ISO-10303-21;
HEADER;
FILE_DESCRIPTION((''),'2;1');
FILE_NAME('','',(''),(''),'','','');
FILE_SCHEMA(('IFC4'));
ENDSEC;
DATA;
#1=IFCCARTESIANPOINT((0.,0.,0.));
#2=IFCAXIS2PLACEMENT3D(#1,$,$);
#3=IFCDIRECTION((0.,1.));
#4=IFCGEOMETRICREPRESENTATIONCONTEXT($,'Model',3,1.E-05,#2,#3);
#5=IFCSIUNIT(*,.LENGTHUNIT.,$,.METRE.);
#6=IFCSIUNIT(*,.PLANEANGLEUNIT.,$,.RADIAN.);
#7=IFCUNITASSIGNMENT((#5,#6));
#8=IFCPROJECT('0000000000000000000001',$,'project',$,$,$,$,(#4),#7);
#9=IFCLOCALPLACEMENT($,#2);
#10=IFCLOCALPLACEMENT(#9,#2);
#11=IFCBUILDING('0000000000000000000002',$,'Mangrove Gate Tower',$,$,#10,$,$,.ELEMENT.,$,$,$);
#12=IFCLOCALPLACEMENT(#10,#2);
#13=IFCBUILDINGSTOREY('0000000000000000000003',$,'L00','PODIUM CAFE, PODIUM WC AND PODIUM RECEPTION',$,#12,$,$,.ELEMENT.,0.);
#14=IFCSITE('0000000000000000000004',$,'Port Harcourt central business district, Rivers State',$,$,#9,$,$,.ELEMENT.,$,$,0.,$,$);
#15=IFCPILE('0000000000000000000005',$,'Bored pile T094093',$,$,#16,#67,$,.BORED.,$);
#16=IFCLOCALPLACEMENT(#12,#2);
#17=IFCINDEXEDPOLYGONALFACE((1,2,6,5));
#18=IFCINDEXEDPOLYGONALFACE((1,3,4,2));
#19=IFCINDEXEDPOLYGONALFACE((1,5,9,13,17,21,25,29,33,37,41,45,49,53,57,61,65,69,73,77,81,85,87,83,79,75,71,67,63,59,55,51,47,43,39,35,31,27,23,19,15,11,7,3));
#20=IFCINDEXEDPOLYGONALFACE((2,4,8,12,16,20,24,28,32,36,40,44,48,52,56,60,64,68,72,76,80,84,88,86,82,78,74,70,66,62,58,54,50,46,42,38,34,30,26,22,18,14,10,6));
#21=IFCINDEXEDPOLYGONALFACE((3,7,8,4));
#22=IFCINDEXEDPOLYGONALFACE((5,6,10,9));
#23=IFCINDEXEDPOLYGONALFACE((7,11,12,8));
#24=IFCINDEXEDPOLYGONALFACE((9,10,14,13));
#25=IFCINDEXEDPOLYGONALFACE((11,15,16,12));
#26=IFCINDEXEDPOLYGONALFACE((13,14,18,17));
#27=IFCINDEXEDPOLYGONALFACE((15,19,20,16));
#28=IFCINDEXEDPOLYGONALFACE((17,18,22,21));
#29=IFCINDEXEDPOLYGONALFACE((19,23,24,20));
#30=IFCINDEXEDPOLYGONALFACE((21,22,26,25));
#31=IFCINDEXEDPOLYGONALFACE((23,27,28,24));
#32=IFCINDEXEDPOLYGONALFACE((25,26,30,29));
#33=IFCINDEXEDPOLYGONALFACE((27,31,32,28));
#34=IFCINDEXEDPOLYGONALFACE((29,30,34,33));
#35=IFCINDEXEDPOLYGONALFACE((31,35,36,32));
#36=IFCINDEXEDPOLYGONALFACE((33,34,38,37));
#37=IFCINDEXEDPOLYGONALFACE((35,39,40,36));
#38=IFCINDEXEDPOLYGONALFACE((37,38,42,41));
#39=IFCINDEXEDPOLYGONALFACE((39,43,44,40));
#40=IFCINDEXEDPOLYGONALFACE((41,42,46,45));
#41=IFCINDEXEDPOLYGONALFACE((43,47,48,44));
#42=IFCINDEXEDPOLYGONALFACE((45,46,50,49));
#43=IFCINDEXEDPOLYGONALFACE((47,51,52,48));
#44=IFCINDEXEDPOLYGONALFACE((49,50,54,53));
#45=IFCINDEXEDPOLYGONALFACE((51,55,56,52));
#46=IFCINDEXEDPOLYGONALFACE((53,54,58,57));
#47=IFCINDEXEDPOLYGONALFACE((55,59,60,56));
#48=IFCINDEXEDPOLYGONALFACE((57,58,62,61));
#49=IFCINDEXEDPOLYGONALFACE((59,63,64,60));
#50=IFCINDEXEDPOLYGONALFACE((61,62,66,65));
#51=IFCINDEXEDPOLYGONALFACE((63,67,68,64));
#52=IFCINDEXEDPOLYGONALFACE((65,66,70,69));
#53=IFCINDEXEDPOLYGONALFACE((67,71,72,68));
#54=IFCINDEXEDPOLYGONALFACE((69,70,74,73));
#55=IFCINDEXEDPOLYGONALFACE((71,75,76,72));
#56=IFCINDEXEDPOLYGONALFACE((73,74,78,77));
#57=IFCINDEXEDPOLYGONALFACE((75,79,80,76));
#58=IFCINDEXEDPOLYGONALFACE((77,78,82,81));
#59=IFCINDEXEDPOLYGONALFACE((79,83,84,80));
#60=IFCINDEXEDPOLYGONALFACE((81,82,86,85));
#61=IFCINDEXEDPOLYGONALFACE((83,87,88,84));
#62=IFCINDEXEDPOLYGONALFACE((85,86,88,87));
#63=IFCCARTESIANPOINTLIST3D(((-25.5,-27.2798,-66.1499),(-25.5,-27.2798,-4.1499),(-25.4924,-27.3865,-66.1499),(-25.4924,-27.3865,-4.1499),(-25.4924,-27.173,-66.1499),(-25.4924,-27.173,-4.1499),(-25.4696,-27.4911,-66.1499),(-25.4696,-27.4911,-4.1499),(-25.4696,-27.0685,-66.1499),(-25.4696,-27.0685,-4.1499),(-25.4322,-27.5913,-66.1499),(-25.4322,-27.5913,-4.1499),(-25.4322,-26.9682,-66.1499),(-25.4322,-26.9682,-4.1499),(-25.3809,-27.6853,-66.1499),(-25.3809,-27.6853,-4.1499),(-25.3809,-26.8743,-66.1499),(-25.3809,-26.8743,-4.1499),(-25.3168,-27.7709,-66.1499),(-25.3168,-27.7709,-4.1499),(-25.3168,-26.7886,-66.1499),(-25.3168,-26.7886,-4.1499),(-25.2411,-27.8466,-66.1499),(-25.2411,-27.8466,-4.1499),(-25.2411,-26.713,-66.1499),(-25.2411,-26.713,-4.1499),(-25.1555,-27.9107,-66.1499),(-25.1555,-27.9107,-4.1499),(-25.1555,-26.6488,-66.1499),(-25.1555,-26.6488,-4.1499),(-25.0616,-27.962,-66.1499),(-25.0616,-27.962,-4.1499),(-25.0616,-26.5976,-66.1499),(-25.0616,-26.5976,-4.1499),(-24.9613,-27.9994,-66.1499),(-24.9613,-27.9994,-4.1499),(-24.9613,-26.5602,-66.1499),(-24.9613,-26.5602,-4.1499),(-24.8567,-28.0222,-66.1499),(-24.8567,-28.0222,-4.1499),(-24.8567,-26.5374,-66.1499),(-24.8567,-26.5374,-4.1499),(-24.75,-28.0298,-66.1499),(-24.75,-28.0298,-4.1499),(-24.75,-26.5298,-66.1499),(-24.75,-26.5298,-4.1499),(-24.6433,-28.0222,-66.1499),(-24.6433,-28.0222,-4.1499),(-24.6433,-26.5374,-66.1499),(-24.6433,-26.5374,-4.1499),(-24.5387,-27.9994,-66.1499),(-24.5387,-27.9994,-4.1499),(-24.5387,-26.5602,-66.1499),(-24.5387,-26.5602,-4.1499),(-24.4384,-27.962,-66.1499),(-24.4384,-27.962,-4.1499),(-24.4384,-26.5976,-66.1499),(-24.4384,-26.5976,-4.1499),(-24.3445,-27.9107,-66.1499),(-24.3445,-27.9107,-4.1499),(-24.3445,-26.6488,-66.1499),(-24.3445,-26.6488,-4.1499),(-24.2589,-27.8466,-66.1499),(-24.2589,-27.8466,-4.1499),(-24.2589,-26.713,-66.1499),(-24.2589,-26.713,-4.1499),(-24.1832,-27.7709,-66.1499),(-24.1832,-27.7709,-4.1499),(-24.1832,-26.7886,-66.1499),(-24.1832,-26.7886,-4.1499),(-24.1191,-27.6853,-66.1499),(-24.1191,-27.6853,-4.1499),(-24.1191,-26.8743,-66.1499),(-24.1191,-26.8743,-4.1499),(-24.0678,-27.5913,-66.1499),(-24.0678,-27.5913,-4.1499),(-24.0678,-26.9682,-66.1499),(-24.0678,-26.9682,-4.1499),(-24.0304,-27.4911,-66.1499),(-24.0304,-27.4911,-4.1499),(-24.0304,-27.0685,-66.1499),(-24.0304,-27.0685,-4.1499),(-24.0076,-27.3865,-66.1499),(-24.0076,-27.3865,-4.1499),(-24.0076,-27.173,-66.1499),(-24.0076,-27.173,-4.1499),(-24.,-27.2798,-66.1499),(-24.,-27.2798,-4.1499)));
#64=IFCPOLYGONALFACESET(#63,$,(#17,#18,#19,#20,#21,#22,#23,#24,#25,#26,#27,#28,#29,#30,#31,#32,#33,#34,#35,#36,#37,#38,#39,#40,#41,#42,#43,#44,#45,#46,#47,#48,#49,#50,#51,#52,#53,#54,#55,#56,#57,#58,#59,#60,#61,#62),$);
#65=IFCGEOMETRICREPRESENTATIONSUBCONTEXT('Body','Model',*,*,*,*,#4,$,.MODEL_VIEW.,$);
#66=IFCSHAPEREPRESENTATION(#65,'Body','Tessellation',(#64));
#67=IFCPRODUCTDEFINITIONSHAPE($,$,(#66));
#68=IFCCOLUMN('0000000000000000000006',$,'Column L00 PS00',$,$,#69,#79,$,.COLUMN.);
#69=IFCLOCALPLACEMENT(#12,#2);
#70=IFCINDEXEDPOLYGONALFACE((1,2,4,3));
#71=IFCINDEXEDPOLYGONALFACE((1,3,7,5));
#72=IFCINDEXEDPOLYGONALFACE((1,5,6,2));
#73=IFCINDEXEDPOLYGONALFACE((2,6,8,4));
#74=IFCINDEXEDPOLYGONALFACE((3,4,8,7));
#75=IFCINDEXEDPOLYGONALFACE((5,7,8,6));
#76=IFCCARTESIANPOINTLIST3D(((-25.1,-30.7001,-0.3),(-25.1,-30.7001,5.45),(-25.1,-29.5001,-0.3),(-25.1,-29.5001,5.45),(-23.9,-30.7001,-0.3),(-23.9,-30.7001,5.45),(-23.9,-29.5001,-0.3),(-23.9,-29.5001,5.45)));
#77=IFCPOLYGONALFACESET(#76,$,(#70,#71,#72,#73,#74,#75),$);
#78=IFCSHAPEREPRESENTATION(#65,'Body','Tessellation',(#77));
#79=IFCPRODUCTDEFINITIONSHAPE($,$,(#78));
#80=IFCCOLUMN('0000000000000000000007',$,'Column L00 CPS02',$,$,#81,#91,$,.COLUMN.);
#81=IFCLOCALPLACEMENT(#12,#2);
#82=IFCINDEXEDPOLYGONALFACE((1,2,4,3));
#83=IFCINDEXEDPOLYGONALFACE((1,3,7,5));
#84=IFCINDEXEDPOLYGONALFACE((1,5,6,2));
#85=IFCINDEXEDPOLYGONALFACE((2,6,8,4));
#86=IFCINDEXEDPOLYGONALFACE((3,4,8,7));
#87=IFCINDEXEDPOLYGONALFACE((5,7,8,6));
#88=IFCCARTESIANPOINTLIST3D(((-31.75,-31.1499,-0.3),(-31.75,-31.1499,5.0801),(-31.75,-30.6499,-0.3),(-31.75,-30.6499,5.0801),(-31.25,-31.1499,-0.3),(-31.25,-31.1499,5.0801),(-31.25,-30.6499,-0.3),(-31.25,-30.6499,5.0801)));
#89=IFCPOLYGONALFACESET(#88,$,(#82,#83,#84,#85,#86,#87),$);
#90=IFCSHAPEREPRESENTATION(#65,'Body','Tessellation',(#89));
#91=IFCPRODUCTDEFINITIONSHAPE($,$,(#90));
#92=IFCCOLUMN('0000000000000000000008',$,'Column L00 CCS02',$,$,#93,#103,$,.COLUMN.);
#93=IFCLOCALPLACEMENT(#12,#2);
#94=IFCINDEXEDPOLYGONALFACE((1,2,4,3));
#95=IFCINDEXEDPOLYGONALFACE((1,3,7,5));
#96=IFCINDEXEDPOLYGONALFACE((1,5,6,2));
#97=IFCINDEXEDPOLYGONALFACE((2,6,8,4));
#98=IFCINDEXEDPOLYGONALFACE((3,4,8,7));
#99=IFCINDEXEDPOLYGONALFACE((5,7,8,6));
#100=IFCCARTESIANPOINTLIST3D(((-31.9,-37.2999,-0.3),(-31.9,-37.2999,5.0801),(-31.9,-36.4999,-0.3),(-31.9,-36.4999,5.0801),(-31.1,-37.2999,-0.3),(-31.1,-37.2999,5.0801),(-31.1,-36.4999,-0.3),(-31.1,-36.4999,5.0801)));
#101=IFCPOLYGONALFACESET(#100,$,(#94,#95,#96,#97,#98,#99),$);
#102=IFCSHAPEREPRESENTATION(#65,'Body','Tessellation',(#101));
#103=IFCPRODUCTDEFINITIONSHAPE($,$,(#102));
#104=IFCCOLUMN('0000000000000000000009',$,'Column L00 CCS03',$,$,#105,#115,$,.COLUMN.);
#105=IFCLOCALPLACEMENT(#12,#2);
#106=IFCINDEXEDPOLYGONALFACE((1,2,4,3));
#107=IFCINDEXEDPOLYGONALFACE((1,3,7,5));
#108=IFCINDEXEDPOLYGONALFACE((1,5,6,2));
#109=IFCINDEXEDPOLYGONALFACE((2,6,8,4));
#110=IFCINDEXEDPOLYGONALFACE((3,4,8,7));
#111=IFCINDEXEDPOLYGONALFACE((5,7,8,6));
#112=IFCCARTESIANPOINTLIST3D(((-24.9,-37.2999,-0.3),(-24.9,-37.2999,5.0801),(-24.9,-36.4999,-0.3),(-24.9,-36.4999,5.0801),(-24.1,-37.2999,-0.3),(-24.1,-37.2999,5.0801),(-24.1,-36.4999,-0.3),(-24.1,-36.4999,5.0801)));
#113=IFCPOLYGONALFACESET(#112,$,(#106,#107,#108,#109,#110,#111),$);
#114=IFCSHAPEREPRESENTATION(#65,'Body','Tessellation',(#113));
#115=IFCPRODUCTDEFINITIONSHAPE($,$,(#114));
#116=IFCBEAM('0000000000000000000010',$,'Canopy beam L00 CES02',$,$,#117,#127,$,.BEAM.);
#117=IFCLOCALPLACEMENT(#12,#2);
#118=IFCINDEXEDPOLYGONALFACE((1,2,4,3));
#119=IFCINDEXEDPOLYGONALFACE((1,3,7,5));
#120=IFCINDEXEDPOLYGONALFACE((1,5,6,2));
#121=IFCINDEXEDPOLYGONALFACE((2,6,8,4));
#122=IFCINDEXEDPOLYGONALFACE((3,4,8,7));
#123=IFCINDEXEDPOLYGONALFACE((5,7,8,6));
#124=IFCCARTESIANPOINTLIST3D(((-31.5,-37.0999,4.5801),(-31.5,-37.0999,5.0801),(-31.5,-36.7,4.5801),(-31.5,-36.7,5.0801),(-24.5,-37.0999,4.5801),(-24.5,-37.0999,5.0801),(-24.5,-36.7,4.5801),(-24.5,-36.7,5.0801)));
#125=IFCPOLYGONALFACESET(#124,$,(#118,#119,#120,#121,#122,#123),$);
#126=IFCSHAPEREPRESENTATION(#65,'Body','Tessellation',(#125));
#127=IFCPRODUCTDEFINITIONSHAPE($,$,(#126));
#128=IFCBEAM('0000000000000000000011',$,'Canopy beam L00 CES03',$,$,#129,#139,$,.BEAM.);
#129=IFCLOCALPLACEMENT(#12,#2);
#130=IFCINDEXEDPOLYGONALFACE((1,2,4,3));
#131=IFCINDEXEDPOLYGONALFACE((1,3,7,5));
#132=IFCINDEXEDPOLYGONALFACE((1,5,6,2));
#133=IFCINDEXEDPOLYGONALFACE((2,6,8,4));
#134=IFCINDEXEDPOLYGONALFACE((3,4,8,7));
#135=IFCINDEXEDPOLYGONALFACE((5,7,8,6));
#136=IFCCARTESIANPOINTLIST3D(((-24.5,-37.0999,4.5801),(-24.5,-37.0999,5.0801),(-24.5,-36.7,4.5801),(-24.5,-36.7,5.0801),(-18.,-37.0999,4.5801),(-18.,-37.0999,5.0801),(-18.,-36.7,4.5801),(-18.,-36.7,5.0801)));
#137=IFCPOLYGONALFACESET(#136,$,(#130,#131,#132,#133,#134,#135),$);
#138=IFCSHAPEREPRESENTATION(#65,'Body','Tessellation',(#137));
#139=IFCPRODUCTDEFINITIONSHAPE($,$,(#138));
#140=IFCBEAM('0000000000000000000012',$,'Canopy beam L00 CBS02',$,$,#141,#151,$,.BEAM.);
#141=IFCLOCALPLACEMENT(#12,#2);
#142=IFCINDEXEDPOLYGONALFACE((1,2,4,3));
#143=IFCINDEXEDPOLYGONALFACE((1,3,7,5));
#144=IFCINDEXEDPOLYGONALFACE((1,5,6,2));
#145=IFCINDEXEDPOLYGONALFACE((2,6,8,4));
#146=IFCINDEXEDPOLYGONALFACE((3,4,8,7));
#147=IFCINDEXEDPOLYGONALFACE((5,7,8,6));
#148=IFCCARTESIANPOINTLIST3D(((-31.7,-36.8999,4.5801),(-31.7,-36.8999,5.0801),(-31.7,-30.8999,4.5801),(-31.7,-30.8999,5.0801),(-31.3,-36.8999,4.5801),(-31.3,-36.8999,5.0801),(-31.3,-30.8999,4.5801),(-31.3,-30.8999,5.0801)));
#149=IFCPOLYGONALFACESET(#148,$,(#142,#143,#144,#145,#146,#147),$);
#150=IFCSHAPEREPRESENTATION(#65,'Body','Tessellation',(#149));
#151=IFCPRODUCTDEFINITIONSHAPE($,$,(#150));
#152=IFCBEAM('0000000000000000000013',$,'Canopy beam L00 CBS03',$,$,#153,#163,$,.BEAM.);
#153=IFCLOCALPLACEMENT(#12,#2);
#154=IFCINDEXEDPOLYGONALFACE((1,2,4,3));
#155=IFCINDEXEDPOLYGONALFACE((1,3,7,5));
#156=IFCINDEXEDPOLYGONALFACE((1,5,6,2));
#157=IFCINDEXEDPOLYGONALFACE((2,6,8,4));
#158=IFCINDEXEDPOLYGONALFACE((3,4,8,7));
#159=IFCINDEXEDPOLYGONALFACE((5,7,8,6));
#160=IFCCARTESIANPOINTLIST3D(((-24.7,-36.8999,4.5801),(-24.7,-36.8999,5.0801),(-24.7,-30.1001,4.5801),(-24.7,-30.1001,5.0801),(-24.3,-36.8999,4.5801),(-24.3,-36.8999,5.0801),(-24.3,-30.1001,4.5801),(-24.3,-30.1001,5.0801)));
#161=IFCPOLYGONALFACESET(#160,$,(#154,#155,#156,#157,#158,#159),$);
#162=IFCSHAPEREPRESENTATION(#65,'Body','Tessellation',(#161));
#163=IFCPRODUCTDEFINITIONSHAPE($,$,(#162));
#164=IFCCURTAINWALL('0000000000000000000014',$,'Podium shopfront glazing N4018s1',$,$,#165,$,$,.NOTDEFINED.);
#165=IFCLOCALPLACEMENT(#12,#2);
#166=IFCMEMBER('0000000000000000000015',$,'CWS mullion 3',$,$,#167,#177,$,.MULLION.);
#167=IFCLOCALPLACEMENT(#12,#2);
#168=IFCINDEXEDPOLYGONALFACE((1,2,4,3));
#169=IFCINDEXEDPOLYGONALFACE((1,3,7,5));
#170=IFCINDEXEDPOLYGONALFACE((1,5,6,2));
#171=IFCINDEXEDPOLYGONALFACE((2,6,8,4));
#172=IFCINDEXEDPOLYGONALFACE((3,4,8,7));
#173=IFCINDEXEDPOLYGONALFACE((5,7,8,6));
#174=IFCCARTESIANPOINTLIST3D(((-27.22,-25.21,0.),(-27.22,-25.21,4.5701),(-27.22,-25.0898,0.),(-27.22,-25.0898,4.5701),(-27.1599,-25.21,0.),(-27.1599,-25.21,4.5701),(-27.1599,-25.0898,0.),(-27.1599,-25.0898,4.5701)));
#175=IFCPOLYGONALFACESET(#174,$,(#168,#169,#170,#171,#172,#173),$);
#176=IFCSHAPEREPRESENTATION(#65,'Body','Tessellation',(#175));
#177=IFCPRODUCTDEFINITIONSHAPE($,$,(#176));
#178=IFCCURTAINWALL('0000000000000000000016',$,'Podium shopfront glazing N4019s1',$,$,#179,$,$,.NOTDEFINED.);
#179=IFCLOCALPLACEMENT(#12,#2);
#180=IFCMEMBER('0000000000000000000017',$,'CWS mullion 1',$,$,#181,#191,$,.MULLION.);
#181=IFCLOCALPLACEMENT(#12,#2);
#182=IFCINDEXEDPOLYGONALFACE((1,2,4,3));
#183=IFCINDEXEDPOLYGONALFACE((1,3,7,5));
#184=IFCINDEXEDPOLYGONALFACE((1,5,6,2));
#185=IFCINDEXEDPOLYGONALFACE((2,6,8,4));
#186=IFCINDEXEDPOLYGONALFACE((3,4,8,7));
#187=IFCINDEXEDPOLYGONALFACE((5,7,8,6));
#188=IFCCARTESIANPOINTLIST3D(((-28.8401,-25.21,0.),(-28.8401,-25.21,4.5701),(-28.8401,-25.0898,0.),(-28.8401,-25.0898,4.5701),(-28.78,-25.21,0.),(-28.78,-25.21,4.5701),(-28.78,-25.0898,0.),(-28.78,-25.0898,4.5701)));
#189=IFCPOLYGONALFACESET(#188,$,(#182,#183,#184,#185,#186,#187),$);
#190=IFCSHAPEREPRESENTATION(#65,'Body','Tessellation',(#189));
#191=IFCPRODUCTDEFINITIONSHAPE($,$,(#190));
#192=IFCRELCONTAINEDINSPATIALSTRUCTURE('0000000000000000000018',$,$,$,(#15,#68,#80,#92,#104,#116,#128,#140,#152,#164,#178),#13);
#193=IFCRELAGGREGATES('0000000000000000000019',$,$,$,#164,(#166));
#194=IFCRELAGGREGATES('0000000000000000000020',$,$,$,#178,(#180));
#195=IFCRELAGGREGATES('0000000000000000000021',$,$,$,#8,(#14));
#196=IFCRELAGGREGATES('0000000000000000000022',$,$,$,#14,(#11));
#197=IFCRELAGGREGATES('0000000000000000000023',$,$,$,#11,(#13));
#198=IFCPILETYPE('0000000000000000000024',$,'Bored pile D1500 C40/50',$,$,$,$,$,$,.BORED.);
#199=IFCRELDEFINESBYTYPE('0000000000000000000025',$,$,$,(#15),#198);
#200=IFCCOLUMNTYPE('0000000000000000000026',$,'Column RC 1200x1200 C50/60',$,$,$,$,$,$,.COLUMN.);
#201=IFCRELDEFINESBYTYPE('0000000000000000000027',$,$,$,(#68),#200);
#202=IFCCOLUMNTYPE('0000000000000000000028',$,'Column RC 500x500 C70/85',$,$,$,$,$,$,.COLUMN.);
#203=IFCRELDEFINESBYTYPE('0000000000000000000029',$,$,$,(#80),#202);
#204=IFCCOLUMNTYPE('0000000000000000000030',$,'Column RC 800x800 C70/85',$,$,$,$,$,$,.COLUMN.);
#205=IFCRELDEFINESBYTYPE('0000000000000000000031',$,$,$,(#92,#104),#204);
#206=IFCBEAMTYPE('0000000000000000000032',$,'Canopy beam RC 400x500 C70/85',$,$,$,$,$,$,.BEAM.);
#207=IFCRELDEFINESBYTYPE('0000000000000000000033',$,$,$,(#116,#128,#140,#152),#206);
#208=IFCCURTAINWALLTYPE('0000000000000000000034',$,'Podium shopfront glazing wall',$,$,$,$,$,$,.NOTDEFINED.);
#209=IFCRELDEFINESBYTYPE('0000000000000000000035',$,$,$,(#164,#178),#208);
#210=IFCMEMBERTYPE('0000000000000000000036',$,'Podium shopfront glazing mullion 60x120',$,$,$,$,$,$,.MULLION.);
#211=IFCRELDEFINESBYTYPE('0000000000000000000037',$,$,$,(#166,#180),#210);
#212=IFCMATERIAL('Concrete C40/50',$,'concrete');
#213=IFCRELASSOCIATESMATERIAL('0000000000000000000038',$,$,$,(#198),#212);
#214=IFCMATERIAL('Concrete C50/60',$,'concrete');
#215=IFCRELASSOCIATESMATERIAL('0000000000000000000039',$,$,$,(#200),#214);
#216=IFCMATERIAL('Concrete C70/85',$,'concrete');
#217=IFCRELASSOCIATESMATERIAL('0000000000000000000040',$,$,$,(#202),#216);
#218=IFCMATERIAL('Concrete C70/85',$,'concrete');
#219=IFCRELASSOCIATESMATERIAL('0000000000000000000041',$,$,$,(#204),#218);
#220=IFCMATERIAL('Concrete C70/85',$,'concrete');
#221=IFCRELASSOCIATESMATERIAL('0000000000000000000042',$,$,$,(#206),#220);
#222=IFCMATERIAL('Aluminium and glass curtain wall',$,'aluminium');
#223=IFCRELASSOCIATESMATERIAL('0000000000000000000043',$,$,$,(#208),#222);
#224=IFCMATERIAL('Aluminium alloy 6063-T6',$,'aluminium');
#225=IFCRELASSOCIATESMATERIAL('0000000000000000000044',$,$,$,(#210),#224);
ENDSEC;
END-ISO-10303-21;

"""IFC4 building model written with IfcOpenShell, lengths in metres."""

from ifc_helpers import new_model, si_unit, direction, frame, origin, origin_2d, place, context, subcontext, project, spatial, rectangle, circle, extrude, material, material_profile, profile_set, type_object, element, aggregate, save


model = new_model("IFC4")

# Units and contexts
model_context = context("Model", 3, precision=1e-05, world=origin(), true_north=direction((0.0, 1.0)))
body_context = subcontext(model_context, "Body", "Model", "MODEL_VIEW")
ifc_project = project(units=[si_unit("LENGTHUNIT", "METRE"), si_unit("PLANEANGLEUNIT", "RADIAN")], contexts=[model_context])

# Site, building, storey
site_placement = place(None, origin())
site = spatial("IfcSite", under=ifc_project, at=site_placement, Name="Port Harcourt central business district, Rivers State", CompositionType="ELEMENT", RefElevation=0.0)
building_placement = place(site_placement, origin())
building = spatial("IfcBuilding", under=site, at=building_placement, Name="Mangrove Gate Tower", CompositionType="ELEMENT")
storey_placement = place(building_placement, origin())
storey = spatial("IfcBuildingStorey", under=building, at=storey_placement, Name="L00", Description="PODIUM CAFE, PODIUM WC AND PODIUM RECEPTION", CompositionType="ELEMENT", Elevation=0.0)

# Pile
ifc_material_1 = material(Name="Concrete C40/50", Category="concrete")
ifc_material_profile_1 = material_profile(ifc_material_1, circle(Radius=0.75, at=origin_2d()))
ifc_profile_set_1 = profile_set([ifc_material_profile_1], Name="Concrete C40/50")
pile_type = type_object("IfcPileType", Name="Bored pile D1500 C40/50", PredefinedType="BORED", material=ifc_profile_set_1)
for number, where, z_axis, x_axis, name in (
    (1, (-24.75, -27.2798, -4.1499), (0.0, 0.0, -1.0), (1.0, 0.0, 0.0), "Bored pile T094093"),
):
    element("IfcPile", number, at=place(storey_placement, frame(where, z_axis=z_axis, x_axis=x_axis)), inside=storey, type_object=pile_type, Name=name, PredefinedType="BORED", context=body_context, shape_type="SweptSolid", body=[
        extrude(circle(Radius=0.75, at=origin_2d()), origin(), (0.0, 0.0, 1.0), 62.0),
    ])

# Columns
ifc_material_2 = material(Name="Concrete C50/60", Category="concrete")
ifc_material_profile_2 = material_profile(ifc_material_2, rectangle(XDim=1.2, YDim=1.2, at=origin_2d()))
ifc_profile_set_2 = profile_set([ifc_material_profile_2], Name="Concrete C50/60")
column_type_1 = type_object("IfcColumnType", Name="Column RC 1200x1200 C50/60", PredefinedType="COLUMN", material=ifc_profile_set_2)
column_1_placement = place(storey_placement, frame((-24.5, -30.1001, -0.3), z_axis=(0.0, 0.0, 1.0), x_axis=(1.0, 0.0, 0.0)))
element("IfcColumn", 2, at=column_1_placement, inside=storey, type_object=column_type_1, Name="Column L00 PS00", PredefinedType="COLUMN", context=body_context, shape_type="SweptSolid", body=[
    extrude(rectangle(XDim=1.2, YDim=1.2, at=origin_2d()), origin(), (0.0, 0.0, 1.0), 5.75),
])
ifc_material_3 = material(Name="Concrete C70/85", Category="concrete")
ifc_material_profile_3 = material_profile(ifc_material_3, rectangle(XDim=0.5, YDim=0.5, at=origin_2d()))
ifc_profile_set_3 = profile_set([ifc_material_profile_3], Name="Concrete C70/85")
column_type_2 = type_object("IfcColumnType", Name="Column RC 500x500 C70/85", PredefinedType="COLUMN", material=ifc_profile_set_3)
column_2_placement = place(storey_placement, frame((-31.5, -30.8999, -0.3), z_axis=(0.0, 0.0, 1.0), x_axis=(1.0, 0.0, 0.0)))
element("IfcColumn", 3, at=column_2_placement, inside=storey, type_object=column_type_2, Name="Column L00 CPS02", PredefinedType="COLUMN", context=body_context, shape_type="SweptSolid", body=[
    extrude(rectangle(XDim=0.5, YDim=0.5, at=origin_2d()), origin(), (0.0, 0.0, 1.0), 5.3801),
])
ifc_material_4 = material(Name="Concrete C70/85", Category="concrete")
ifc_material_profile_4 = material_profile(ifc_material_4, rectangle(XDim=0.8, YDim=0.8, at=origin_2d()))
ifc_profile_set_4 = profile_set([ifc_material_profile_4], Name="Concrete C70/85")
column_type_3 = type_object("IfcColumnType", Name="Column RC 800x800 C70/85", PredefinedType="COLUMN", material=ifc_profile_set_4)
for number, where, z_axis, x_axis, name in (
    (4, (-31.5, -36.8999, -0.3), (0.0, 0.0, 1.0), (1.0, 0.0, 0.0), "Column L00 CCS02"),
    (5, (-24.5, -36.8999, -0.3), (0.0, 0.0, 1.0), (1.0, 0.0, 0.0), "Column L00 CCS03"),
):
    element("IfcColumn", number, at=place(storey_placement, frame(where, z_axis=z_axis, x_axis=x_axis)), inside=storey, type_object=column_type_3, Name=name, PredefinedType="COLUMN", context=body_context, shape_type="SweptSolid", body=[
        extrude(rectangle(XDim=0.8, YDim=0.8, at=origin_2d()), origin(), (0.0, 0.0, 1.0), 5.3801),
    ])

# Beams
ifc_material_5 = material(Name="Concrete C70/85", Category="concrete")
ifc_material_profile_5 = material_profile(ifc_material_5, rectangle(XDim=0.3999, YDim=0.5, at=origin_2d()))
ifc_profile_set_5 = profile_set([ifc_material_profile_5], Name="Concrete C70/85")
beam_type = type_object("IfcBeamType", Name="Canopy beam RC 400x500 C70/85", PredefinedType="BEAM", material=ifc_profile_set_5)
beam_1_placement = place(storey_placement, frame((-31.5, -36.8999, 4.8301), z_axis=(1.0, 0.0, 0.0), x_axis=(0.0, 1.0, 0.0)))
element("IfcBeam", 6, at=beam_1_placement, inside=storey, type_object=beam_type, Name="Canopy beam L00 CES02", PredefinedType="BEAM", context=body_context, shape_type="SweptSolid", body=[
    extrude(rectangle(XDim=0.3999, YDim=0.5, at=origin_2d()), origin(), (0.0, 0.0, 1.0), 7.0),
])
beam_2_placement = place(storey_placement, frame((-24.5, -36.8999, 4.8301), z_axis=(1.0, 0.0, 0.0), x_axis=(0.0, 1.0, 0.0)))
element("IfcBeam", 7, at=beam_2_placement, inside=storey, type_object=beam_type, Name="Canopy beam L00 CES03", PredefinedType="BEAM", context=body_context, shape_type="SweptSolid", body=[
    extrude(rectangle(XDim=0.3999, YDim=0.5, at=origin_2d()), origin(), (0.0, 0.0, 1.0), 6.5),
])
beam_3_placement = place(storey_placement, frame((-31.5, -30.8999, 4.8301), z_axis=(0.0, -1.0, 0.0), x_axis=(1.0, 0.0, 0.0)))
element("IfcBeam", 8, at=beam_3_placement, inside=storey, type_object=beam_type, Name="Canopy beam L00 CBS02", PredefinedType="BEAM", context=body_context, shape_type="SweptSolid", body=[
    extrude(rectangle(XDim=0.3999, YDim=0.5, at=origin_2d()), origin(), (0.0, 0.0, 1.0), 6.0),
])
beam_4_placement = place(storey_placement, frame((-24.5, -30.1001, 4.8301), z_axis=(0.0, -1.0, 0.0), x_axis=(1.0, 0.0, 0.0)))
element("IfcBeam", 9, at=beam_4_placement, inside=storey, type_object=beam_type, Name="Canopy beam L00 CBS03", PredefinedType="BEAM", context=body_context, shape_type="SweptSolid", body=[
    extrude(rectangle(XDim=0.3999, YDim=0.5, at=origin_2d()), origin(), (0.0, 0.0, 1.0), 6.7998),
])

# Curtain wall, member
ifc_material_6 = material(Name="Aluminium and glass curtain wall", Category="aluminium")
curtain_wall_type = type_object("IfcCurtainWallType", Name="Podium shopfront glazing wall", PredefinedType="NOTDEFINED", material=ifc_material_6)
curtain_wall_1_placement = place(storey_placement, origin())
curtain_wall_1 = element("IfcCurtainWall", 10, at=curtain_wall_1_placement, inside=storey, type_object=curtain_wall_type, Name="Podium shopfront glazing N4018s1", PredefinedType="NOTDEFINED")
ifc_material_7 = material(Name="Aluminium alloy 6063-T6", Category="aluminium")
ifc_material_profile_6 = material_profile(ifc_material_7, rectangle(XDim=0.0601, YDim=0.1201, at=origin_2d()))
ifc_profile_set_6 = profile_set([ifc_material_profile_6], Name="Aluminium alloy 6063-T6")
member_type_1 = type_object("IfcMemberType", Name="Podium shopfront glazing mullion 60x120", PredefinedType="MULLION", material=ifc_profile_set_6)
member_1_placement = place(storey_placement, frame((-27.1899, -25.1499, 0.0), z_axis=(0.0, 0.0, 1.0), x_axis=(-1.0, 0.0, 0.0)))
member_1 = element("IfcMember", 11, at=member_1_placement, type_object=member_type_1, Name="CWS mullion 3", PredefinedType="MULLION", context=body_context, shape_type="SweptSolid", body=[
    extrude(rectangle(XDim=0.0601, YDim=0.1201, at=origin_2d()), origin(), (0.0, 0.0, 1.0), 4.5701),
])

# Curtain wall, member
curtain_wall_2_placement = place(storey_placement, origin())
curtain_wall_2 = element("IfcCurtainWall", 12, at=curtain_wall_2_placement, inside=storey, type_object=curtain_wall_type, Name="Podium shopfront glazing N4019s1", PredefinedType="NOTDEFINED")
member_2_placement = place(storey_placement, frame((-28.8101, -25.1499, 0.0), z_axis=(0.0, 0.0, 1.0), x_axis=(-1.0, 0.0, 0.0)))
member_2 = element("IfcMember", 13, at=member_2_placement, type_object=member_type_1, Name="CWS mullion 1", PredefinedType="MULLION", context=body_context, shape_type="SweptSolid", body=[
    extrude(rectangle(XDim=0.0601, YDim=0.1201, at=origin_2d()), origin(), (0.0, 0.0, 1.0), 4.5701),
])

aggregate(curtain_wall_1, [member_1])
aggregate(curtain_wall_2, [member_2])

save(model, "model.ifc")
